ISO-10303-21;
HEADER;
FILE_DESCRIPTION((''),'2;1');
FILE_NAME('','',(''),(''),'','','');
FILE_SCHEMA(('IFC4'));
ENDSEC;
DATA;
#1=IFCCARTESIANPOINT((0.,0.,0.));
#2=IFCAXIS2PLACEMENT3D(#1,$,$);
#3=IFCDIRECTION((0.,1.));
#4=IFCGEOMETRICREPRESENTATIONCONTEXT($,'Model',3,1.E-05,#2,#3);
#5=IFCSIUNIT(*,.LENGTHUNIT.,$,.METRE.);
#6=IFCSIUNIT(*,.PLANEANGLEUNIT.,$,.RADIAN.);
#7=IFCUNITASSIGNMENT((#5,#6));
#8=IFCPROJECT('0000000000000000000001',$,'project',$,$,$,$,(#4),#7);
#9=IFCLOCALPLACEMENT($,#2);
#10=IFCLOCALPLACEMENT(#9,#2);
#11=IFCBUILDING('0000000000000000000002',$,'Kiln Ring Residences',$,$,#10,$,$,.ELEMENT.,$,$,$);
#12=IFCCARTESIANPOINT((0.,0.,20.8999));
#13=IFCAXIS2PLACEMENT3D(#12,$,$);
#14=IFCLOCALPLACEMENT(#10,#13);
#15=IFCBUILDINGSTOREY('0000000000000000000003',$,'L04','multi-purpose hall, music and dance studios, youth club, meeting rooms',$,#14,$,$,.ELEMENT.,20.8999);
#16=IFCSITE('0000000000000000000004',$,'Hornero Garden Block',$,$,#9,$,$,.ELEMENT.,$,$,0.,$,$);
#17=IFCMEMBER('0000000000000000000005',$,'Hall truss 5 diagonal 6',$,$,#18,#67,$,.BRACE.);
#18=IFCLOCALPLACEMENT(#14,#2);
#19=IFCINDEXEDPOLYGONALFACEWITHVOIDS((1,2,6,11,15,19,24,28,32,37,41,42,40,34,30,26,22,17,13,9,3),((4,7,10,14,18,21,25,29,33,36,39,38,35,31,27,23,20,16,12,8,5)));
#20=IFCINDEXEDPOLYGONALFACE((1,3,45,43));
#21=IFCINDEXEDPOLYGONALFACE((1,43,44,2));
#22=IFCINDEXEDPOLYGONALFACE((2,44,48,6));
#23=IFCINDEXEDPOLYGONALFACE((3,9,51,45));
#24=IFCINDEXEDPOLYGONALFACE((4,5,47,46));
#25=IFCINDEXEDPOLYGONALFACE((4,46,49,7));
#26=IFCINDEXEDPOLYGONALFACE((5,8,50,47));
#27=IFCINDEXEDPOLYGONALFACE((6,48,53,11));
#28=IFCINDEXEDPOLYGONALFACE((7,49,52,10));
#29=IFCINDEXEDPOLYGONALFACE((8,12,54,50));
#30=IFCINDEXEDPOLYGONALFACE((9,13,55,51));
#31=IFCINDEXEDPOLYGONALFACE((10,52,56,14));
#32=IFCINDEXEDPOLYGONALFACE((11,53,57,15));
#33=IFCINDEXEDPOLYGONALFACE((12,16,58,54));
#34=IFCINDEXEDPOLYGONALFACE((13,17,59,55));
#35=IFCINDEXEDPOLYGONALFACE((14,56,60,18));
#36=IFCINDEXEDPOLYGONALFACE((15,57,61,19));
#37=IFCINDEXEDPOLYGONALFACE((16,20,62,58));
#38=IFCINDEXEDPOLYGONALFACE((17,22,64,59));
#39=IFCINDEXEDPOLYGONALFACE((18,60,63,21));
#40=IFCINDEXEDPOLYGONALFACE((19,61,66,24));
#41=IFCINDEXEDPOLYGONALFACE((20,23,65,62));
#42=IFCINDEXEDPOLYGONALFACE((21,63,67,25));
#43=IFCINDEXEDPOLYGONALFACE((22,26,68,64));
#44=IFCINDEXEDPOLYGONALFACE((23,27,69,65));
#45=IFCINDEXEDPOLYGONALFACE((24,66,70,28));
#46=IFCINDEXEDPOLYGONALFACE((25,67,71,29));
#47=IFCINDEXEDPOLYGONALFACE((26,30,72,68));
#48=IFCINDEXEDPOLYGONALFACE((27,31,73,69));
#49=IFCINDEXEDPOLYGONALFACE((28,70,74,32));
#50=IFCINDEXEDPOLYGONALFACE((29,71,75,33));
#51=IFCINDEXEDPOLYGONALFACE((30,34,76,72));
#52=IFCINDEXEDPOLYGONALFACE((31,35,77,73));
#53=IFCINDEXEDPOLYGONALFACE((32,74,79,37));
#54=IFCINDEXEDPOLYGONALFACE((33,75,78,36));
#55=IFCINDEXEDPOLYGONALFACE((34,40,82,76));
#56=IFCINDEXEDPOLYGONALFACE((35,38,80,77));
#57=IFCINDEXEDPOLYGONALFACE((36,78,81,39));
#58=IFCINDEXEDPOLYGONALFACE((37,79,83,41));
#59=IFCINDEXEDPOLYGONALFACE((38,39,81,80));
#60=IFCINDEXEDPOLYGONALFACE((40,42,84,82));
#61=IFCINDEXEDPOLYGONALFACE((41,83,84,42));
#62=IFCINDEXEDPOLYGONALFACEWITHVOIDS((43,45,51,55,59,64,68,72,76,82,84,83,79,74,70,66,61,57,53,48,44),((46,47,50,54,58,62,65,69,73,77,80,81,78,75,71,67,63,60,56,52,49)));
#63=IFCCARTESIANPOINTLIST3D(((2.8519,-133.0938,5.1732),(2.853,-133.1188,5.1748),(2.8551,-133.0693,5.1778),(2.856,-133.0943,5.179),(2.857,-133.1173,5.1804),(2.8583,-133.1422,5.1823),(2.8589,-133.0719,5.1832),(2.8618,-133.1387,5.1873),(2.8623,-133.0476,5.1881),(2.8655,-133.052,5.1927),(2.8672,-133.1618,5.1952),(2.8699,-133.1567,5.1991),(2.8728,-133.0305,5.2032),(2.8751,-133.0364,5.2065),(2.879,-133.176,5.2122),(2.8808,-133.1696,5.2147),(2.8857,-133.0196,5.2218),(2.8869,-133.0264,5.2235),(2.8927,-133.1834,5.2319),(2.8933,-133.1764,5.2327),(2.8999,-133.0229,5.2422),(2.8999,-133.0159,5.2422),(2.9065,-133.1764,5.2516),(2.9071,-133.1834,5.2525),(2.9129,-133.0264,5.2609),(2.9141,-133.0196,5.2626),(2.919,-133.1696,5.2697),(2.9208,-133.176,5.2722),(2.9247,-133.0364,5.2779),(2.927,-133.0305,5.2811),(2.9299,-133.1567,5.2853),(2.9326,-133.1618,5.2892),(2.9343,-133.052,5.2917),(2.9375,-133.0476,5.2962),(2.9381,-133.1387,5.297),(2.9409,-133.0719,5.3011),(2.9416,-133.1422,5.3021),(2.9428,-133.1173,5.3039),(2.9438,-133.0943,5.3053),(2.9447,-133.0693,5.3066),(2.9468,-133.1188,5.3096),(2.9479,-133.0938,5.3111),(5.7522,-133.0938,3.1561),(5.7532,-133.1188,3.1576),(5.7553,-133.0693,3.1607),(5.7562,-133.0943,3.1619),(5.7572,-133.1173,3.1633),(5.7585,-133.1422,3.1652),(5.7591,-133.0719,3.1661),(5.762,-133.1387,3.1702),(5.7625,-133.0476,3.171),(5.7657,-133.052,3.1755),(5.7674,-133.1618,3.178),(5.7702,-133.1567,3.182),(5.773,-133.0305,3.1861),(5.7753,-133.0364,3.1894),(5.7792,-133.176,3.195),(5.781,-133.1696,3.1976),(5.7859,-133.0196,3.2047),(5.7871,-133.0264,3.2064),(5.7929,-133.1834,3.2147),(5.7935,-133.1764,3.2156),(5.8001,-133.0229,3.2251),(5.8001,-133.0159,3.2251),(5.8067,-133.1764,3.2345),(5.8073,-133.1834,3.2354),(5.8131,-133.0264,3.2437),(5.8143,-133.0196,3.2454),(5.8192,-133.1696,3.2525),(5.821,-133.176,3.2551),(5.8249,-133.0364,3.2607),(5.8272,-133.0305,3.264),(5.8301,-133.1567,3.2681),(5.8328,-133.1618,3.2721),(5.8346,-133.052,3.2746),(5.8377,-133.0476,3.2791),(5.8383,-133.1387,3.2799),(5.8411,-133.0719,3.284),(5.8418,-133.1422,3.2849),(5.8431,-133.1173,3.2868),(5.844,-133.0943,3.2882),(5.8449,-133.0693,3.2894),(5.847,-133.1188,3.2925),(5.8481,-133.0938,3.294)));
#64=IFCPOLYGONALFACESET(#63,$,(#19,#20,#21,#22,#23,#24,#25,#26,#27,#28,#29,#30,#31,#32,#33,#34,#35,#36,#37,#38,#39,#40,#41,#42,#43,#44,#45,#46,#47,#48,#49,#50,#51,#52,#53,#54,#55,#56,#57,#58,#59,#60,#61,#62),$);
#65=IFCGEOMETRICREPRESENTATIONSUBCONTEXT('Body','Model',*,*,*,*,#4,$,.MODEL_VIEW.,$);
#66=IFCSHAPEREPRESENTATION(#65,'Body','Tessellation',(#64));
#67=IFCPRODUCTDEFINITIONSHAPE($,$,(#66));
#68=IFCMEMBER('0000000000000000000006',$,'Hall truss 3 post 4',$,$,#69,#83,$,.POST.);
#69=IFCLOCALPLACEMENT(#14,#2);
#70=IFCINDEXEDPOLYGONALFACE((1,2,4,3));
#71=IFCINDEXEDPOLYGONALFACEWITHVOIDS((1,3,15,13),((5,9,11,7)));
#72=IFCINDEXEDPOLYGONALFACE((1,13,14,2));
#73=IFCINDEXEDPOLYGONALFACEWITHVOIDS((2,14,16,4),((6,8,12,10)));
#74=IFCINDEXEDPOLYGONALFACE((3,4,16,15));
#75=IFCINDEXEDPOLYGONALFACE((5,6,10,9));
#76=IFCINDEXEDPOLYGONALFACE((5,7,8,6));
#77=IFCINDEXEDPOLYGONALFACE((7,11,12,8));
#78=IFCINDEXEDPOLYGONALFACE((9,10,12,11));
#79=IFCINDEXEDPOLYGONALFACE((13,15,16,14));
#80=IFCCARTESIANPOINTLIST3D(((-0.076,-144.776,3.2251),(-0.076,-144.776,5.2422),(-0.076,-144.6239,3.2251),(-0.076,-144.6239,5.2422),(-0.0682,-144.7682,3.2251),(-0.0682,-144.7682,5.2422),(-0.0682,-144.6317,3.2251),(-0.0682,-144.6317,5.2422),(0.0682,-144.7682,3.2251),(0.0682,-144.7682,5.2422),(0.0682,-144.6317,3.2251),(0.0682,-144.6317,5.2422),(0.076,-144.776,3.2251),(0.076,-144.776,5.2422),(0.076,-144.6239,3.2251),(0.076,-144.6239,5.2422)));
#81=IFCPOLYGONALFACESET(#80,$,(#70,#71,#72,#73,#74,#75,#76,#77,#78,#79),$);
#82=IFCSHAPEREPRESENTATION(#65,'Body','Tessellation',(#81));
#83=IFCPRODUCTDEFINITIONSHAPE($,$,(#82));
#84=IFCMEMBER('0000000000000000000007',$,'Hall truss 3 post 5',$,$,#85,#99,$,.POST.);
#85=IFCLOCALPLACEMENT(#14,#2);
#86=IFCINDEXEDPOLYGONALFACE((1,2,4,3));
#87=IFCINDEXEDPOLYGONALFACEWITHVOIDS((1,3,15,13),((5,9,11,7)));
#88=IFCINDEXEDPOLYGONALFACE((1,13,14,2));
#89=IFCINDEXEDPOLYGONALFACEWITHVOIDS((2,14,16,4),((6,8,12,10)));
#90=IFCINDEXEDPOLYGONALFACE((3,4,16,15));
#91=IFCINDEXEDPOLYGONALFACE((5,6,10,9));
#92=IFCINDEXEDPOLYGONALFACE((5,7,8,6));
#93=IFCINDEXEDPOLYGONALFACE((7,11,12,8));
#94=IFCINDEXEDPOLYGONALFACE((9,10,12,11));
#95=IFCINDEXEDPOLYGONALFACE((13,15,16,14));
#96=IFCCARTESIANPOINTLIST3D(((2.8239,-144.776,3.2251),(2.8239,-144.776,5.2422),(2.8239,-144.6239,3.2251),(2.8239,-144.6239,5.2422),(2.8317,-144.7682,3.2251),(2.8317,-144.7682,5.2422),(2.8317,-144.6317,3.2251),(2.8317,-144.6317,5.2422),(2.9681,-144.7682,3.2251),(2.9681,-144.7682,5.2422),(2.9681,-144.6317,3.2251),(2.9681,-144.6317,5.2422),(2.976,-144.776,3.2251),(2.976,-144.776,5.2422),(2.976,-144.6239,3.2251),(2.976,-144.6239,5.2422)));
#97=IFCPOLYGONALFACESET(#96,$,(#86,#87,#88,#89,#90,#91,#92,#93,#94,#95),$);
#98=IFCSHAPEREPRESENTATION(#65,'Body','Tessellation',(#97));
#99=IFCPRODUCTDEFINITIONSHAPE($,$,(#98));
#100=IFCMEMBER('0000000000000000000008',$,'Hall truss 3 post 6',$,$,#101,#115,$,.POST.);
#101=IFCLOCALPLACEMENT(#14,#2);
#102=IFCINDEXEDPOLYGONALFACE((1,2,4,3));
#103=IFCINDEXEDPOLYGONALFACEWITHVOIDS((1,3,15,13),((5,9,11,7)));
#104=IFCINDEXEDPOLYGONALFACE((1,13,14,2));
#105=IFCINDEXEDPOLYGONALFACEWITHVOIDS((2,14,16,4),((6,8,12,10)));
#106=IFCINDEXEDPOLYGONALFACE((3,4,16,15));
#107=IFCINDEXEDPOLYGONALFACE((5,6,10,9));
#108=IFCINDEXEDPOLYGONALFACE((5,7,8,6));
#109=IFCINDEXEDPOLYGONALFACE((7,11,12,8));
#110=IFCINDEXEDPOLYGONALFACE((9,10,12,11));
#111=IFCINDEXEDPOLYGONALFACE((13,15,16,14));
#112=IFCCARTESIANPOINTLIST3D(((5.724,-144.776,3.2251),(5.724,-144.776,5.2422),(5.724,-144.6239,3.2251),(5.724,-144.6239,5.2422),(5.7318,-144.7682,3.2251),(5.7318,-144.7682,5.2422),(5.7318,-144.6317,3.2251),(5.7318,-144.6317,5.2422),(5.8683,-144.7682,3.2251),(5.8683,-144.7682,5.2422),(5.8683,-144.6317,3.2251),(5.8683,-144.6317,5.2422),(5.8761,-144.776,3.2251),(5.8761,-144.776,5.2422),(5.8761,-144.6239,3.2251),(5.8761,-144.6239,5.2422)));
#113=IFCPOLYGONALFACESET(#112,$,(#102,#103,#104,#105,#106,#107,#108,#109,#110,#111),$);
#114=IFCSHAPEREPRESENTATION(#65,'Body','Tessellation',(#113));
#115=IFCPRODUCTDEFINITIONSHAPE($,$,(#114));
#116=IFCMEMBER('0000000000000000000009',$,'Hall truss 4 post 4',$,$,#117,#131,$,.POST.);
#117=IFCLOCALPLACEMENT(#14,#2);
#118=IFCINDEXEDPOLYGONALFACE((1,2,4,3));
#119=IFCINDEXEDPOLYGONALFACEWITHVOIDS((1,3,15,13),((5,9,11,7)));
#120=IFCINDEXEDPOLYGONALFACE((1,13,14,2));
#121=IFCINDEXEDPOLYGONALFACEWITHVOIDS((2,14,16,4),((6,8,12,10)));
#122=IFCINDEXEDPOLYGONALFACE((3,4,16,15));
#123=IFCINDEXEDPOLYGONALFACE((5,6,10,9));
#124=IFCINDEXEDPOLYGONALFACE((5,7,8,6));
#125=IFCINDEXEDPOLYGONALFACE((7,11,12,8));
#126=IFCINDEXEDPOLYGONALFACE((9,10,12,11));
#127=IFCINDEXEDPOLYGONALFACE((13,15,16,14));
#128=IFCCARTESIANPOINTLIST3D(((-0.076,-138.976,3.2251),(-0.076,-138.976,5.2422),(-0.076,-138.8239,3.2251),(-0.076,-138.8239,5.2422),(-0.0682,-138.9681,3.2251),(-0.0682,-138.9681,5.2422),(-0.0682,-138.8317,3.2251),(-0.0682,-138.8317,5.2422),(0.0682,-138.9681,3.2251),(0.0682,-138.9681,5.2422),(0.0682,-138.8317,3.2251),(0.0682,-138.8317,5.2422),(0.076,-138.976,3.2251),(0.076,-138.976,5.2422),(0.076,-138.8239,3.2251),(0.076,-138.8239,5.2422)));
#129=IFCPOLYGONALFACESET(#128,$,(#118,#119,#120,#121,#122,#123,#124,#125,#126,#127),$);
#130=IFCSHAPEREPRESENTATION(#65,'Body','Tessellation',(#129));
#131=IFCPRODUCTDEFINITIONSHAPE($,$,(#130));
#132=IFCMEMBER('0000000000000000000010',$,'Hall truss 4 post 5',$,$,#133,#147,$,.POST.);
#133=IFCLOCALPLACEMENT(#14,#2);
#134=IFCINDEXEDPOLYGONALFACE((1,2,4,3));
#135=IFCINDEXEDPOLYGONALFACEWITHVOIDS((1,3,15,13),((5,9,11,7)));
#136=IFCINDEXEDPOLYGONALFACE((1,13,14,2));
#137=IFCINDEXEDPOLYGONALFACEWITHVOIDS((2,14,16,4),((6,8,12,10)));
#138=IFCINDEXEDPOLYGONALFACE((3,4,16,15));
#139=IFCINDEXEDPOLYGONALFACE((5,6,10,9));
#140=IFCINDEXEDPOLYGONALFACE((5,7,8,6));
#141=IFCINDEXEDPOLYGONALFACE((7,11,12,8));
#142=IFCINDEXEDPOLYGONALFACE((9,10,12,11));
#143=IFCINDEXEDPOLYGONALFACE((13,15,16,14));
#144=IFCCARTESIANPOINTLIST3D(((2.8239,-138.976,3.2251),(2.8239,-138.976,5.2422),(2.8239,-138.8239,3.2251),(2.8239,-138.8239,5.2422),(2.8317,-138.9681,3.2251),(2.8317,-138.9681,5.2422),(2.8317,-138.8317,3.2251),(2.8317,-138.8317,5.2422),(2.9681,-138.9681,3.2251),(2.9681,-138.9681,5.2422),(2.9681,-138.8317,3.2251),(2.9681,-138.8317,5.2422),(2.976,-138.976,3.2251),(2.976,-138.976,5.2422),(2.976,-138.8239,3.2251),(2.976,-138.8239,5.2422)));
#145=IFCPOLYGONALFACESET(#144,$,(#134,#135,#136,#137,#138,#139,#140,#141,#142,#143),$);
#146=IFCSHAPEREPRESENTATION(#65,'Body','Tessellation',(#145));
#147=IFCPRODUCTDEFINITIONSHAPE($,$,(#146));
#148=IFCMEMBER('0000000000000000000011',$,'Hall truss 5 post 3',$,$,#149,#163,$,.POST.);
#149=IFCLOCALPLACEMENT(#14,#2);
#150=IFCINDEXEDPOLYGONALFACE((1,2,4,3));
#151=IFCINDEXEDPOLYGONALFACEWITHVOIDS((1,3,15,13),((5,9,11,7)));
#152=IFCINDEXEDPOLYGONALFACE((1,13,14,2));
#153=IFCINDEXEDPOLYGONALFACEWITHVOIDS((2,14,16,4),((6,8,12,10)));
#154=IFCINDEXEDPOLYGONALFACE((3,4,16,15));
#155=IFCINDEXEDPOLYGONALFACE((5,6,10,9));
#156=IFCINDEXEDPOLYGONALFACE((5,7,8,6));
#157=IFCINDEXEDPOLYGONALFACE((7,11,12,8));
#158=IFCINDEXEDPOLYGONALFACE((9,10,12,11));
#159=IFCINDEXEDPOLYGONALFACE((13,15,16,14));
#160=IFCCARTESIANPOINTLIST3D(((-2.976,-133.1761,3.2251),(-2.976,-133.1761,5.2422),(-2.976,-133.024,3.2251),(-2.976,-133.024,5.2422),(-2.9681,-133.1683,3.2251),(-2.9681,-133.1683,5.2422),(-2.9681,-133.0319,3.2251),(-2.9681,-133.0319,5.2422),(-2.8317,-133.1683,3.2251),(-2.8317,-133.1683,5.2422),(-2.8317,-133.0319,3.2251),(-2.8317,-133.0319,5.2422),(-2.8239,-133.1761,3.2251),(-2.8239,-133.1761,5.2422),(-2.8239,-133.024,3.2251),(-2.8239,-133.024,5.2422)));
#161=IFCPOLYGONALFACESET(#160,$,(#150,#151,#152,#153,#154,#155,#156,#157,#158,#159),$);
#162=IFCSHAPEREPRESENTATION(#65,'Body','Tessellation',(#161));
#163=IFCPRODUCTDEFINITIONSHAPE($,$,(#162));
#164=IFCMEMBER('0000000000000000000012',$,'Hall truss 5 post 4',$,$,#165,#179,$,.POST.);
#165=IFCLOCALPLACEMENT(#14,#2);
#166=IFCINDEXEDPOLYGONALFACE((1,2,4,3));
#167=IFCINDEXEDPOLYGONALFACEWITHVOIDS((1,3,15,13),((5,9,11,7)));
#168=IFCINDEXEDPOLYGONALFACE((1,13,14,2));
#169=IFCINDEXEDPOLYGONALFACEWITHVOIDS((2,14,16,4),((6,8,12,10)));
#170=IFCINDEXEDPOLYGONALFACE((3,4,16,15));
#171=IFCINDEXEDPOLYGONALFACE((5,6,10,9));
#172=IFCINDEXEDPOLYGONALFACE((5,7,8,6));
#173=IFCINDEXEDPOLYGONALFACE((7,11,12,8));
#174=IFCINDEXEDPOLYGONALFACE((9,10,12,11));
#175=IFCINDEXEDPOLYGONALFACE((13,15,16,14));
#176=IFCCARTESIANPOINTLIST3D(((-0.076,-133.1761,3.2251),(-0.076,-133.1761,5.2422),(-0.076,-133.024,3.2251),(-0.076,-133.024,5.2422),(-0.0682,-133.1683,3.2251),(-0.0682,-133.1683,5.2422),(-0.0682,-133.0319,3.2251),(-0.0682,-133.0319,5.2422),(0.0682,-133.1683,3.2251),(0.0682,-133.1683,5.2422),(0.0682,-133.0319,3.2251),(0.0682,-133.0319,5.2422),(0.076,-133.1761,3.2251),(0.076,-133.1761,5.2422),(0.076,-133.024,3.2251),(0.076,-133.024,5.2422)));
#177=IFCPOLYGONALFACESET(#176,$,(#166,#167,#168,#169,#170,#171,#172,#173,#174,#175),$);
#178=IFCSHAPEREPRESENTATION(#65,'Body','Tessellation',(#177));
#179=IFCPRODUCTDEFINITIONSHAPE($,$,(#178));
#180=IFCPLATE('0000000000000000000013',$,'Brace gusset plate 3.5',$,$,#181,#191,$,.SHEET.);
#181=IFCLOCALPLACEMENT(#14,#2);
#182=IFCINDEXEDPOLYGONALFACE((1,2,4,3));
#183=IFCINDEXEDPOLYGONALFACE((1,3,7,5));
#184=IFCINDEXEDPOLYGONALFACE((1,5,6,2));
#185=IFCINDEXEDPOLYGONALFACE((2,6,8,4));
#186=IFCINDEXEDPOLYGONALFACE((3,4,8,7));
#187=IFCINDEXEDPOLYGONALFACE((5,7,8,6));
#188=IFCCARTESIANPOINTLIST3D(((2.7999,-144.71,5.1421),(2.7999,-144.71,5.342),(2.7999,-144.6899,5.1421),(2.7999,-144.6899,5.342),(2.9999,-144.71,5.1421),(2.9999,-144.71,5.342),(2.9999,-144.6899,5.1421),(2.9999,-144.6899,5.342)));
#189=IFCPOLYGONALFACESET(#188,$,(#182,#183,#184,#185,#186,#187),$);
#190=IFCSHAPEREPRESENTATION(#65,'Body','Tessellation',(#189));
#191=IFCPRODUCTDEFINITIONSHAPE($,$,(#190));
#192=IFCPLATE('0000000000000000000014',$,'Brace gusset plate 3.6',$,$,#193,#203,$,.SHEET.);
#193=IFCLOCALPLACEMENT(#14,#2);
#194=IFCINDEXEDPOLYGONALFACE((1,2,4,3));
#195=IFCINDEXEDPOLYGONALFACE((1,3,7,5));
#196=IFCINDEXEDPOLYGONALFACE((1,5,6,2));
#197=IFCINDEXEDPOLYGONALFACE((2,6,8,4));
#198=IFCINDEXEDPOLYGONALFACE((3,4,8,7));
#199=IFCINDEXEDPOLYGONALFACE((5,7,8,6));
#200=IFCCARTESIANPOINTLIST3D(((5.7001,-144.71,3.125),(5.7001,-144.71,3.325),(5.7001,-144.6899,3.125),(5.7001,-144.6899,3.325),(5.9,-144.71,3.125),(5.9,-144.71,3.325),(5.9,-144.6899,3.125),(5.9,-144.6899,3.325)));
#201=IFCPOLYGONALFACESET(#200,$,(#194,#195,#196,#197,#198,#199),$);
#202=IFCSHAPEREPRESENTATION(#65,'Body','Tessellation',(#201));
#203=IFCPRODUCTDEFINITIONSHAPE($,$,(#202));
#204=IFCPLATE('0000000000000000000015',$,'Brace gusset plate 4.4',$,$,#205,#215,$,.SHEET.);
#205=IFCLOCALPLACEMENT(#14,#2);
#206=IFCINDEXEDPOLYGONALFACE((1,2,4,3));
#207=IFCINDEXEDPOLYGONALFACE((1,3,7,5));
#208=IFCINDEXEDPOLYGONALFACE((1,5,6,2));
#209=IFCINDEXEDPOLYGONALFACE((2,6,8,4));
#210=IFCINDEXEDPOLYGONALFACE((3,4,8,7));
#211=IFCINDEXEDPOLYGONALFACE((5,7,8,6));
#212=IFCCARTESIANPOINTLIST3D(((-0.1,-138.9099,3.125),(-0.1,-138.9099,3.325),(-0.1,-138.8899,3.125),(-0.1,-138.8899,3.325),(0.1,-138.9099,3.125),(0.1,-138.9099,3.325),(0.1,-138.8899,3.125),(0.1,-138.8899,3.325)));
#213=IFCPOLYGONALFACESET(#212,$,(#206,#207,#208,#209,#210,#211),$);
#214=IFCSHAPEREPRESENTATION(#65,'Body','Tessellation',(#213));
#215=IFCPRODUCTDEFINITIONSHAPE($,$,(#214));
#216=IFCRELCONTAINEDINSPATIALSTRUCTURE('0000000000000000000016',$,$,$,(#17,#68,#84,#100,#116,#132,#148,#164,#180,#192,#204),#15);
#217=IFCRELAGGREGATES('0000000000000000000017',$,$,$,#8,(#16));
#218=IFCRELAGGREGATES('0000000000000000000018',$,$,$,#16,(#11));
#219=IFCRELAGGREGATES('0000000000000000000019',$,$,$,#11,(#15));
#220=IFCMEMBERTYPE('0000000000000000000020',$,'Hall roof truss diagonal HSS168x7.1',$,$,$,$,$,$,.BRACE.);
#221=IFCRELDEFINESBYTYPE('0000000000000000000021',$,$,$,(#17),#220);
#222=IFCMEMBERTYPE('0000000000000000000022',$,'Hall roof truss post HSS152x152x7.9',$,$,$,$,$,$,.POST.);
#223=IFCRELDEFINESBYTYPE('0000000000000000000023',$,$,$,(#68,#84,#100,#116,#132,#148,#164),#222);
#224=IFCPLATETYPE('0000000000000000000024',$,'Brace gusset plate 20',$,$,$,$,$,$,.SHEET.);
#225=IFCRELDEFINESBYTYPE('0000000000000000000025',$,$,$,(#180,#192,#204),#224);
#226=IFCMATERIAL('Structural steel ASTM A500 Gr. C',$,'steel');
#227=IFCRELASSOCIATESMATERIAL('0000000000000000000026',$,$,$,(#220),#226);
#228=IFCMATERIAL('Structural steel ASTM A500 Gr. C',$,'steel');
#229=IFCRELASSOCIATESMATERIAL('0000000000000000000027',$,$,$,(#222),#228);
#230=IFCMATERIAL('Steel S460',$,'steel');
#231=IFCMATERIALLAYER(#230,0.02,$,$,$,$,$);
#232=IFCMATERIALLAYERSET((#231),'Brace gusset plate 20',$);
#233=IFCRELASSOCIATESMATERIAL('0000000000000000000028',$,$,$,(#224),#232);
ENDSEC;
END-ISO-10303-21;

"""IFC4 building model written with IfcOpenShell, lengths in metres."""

from ifc_helpers import new_model, si_unit, direction, frame, origin, origin_2d, place, context, subcontext, project, spatial, rectangle, hollow_rectangle, hollow_circle, extrude, material, layer, layer_set, material_profile, profile_set, type_object, element, save


model = new_model("IFC4")

# Units and contexts
model_context = context("Model", 3, precision=1e-05, world=origin(), true_north=direction((0.0, 1.0)))
body_context = subcontext(model_context, "Body", "Model", "MODEL_VIEW")
ifc_project = project(units=[si_unit("LENGTHUNIT", "METRE"), si_unit("PLANEANGLEUNIT", "RADIAN")], contexts=[model_context])

# Site, building, storey
site_placement = place(None, origin())
site = spatial("IfcSite", under=ifc_project, at=site_placement, Name="Hornero Garden Block", CompositionType="ELEMENT", RefElevation=0.0)
building_placement = place(site_placement, origin())
building = spatial("IfcBuilding", under=site, at=building_placement, Name="Kiln Ring Residences", CompositionType="ELEMENT")
storey_placement = place(building_placement, frame((0.0, 0.0, 20.8999)))
storey = spatial("IfcBuildingStorey", under=building, at=storey_placement, Name="L04", Description="multi-purpose hall, music and dance studios, youth club, meeting rooms", CompositionType="ELEMENT", Elevation=20.8999)

# Members
ifc_material_1 = material(Name="Structural steel ASTM A500 Gr. C", Category="steel")
ifc_material_profile_1 = material_profile(ifc_material_1, hollow_circle(Radius=0.0842, WallThickness=0.0071, at=origin_2d()), Name="HSS168x7.1")
ifc_profile_set_1 = profile_set([ifc_material_profile_1], Name="Structural steel ASTM A500 Gr. C")
member_type_1 = type_object("IfcMemberType", Name="Hall roof truss diagonal HSS168x7.1", PredefinedType="BRACE", material=ifc_profile_set_1)
member_1_placement = place(storey_placement, frame((2.8999, -133.1001, 5.2422), z_axis=(0.820959, 0.0, -0.570988), x_axis=(0.0, 1.0, 0.0)))
element("IfcMember", 1, at=member_1_placement, inside=storey, type_object=member_type_1, Name="Hall truss 5 diagonal 6", PredefinedType="BRACE", context=body_context, shape_type="SweptSolid", body=[
    extrude(hollow_circle(Radius=0.0842, WallThickness=0.0071, at=origin_2d()), origin(), (0.0, 0.0, 1.0), 3.5327),
])
ifc_material_2 = material(Name="Structural steel ASTM A500 Gr. C", Category="steel")
ifc_material_profile_2 = material_profile(ifc_material_2, hollow_rectangle(XDim=0.1521, YDim=0.1521, WallThickness=0.0078, at=origin_2d()), Name="HSS152x152x7.9")
ifc_profile_set_2 = profile_set([ifc_material_profile_2], Name="Structural steel ASTM A500 Gr. C")
member_type_2 = type_object("IfcMemberType", Name="Hall roof truss post HSS152x152x7.9", PredefinedType="POST", material=ifc_profile_set_2)
for number, where, z_axis, x_axis, name in (
    (2, (0.0, -144.7, 3.2251), (0.0, 0.0, 1.0), (1.0, 0.0, 0.0), "Hall truss 3 post 4"),
    (3, (2.8999, -144.7, 3.2251), (0.0, 0.0, 1.0), (1.0, 0.0, 0.0), "Hall truss 3 post 5"),
    (4, (5.8, -144.7, 3.2251), (0.0, 0.0, 1.0), (1.0, 0.0, 0.0), "Hall truss 3 post 6"),
    (5, (0.0, -138.8999, 3.2251), (0.0, 0.0, 1.0), (1.0, 0.0, 0.0), "Hall truss 4 post 4"),
    (6, (2.8999, -138.8999, 3.2251), (0.0, 0.0, 1.0), (1.0, 0.0, 0.0), "Hall truss 4 post 5"),
    (7, (-2.8999, -133.1001, 3.2251), (0.0, 0.0, 1.0), (1.0, 0.0, 0.0), "Hall truss 5 post 3"),
    (8, (0.0, -133.1001, 3.2251), (0.0, 0.0, 1.0), (1.0, 0.0, 0.0), "Hall truss 5 post 4"),
):
    element("IfcMember", number, at=place(storey_placement, frame(where, z_axis=z_axis, x_axis=x_axis)), inside=storey, type_object=member_type_2, Name=name, PredefinedType="POST", context=body_context, shape_type="SweptSolid", body=[
        extrude(hollow_rectangle(XDim=0.1521, YDim=0.1521, WallThickness=0.0078, at=origin_2d()), origin(), (0.0, 0.0, 1.0), 2.0171),
    ])

# Plates
ifc_material_3 = material(Name="Steel S460", Category="steel")
ifc_layer = layer(ifc_material_3, 0.02)
ifc_layer_set = layer_set([ifc_layer], Name="Brace gusset plate 20")
plate_type = type_object("IfcPlateType", Name="Brace gusset plate 20", PredefinedType="SHEET", material=ifc_layer_set)
for number, where, z_axis, x_axis, name in (
    (9, (2.8999, -144.7, 5.1421), (0.0, 0.0, 1.0), (1.0, 0.0, 0.0), "Brace gusset plate 3.5"),
    (10, (5.8, -144.7, 3.125), (0.0, 0.0, 1.0), (1.0, 0.0, 0.0), "Brace gusset plate 3.6"),
    (11, (0.0, -138.8999, 3.125), (0.0, 0.0, 1.0), (1.0, 0.0, 0.0), "Brace gusset plate 4.4"),
):
    element("IfcPlate", number, at=place(storey_placement, frame(where, z_axis=z_axis, x_axis=x_axis)), inside=storey, type_object=plate_type, Name=name, PredefinedType="SHEET", context=body_context, shape_type="SweptSolid", body=[
        extrude(rectangle(XDim=0.2, YDim=0.02, at=origin_2d()), origin(), (0.0, 0.0, 1.0), 0.2),
    ])

save(model, "model.ifc")
